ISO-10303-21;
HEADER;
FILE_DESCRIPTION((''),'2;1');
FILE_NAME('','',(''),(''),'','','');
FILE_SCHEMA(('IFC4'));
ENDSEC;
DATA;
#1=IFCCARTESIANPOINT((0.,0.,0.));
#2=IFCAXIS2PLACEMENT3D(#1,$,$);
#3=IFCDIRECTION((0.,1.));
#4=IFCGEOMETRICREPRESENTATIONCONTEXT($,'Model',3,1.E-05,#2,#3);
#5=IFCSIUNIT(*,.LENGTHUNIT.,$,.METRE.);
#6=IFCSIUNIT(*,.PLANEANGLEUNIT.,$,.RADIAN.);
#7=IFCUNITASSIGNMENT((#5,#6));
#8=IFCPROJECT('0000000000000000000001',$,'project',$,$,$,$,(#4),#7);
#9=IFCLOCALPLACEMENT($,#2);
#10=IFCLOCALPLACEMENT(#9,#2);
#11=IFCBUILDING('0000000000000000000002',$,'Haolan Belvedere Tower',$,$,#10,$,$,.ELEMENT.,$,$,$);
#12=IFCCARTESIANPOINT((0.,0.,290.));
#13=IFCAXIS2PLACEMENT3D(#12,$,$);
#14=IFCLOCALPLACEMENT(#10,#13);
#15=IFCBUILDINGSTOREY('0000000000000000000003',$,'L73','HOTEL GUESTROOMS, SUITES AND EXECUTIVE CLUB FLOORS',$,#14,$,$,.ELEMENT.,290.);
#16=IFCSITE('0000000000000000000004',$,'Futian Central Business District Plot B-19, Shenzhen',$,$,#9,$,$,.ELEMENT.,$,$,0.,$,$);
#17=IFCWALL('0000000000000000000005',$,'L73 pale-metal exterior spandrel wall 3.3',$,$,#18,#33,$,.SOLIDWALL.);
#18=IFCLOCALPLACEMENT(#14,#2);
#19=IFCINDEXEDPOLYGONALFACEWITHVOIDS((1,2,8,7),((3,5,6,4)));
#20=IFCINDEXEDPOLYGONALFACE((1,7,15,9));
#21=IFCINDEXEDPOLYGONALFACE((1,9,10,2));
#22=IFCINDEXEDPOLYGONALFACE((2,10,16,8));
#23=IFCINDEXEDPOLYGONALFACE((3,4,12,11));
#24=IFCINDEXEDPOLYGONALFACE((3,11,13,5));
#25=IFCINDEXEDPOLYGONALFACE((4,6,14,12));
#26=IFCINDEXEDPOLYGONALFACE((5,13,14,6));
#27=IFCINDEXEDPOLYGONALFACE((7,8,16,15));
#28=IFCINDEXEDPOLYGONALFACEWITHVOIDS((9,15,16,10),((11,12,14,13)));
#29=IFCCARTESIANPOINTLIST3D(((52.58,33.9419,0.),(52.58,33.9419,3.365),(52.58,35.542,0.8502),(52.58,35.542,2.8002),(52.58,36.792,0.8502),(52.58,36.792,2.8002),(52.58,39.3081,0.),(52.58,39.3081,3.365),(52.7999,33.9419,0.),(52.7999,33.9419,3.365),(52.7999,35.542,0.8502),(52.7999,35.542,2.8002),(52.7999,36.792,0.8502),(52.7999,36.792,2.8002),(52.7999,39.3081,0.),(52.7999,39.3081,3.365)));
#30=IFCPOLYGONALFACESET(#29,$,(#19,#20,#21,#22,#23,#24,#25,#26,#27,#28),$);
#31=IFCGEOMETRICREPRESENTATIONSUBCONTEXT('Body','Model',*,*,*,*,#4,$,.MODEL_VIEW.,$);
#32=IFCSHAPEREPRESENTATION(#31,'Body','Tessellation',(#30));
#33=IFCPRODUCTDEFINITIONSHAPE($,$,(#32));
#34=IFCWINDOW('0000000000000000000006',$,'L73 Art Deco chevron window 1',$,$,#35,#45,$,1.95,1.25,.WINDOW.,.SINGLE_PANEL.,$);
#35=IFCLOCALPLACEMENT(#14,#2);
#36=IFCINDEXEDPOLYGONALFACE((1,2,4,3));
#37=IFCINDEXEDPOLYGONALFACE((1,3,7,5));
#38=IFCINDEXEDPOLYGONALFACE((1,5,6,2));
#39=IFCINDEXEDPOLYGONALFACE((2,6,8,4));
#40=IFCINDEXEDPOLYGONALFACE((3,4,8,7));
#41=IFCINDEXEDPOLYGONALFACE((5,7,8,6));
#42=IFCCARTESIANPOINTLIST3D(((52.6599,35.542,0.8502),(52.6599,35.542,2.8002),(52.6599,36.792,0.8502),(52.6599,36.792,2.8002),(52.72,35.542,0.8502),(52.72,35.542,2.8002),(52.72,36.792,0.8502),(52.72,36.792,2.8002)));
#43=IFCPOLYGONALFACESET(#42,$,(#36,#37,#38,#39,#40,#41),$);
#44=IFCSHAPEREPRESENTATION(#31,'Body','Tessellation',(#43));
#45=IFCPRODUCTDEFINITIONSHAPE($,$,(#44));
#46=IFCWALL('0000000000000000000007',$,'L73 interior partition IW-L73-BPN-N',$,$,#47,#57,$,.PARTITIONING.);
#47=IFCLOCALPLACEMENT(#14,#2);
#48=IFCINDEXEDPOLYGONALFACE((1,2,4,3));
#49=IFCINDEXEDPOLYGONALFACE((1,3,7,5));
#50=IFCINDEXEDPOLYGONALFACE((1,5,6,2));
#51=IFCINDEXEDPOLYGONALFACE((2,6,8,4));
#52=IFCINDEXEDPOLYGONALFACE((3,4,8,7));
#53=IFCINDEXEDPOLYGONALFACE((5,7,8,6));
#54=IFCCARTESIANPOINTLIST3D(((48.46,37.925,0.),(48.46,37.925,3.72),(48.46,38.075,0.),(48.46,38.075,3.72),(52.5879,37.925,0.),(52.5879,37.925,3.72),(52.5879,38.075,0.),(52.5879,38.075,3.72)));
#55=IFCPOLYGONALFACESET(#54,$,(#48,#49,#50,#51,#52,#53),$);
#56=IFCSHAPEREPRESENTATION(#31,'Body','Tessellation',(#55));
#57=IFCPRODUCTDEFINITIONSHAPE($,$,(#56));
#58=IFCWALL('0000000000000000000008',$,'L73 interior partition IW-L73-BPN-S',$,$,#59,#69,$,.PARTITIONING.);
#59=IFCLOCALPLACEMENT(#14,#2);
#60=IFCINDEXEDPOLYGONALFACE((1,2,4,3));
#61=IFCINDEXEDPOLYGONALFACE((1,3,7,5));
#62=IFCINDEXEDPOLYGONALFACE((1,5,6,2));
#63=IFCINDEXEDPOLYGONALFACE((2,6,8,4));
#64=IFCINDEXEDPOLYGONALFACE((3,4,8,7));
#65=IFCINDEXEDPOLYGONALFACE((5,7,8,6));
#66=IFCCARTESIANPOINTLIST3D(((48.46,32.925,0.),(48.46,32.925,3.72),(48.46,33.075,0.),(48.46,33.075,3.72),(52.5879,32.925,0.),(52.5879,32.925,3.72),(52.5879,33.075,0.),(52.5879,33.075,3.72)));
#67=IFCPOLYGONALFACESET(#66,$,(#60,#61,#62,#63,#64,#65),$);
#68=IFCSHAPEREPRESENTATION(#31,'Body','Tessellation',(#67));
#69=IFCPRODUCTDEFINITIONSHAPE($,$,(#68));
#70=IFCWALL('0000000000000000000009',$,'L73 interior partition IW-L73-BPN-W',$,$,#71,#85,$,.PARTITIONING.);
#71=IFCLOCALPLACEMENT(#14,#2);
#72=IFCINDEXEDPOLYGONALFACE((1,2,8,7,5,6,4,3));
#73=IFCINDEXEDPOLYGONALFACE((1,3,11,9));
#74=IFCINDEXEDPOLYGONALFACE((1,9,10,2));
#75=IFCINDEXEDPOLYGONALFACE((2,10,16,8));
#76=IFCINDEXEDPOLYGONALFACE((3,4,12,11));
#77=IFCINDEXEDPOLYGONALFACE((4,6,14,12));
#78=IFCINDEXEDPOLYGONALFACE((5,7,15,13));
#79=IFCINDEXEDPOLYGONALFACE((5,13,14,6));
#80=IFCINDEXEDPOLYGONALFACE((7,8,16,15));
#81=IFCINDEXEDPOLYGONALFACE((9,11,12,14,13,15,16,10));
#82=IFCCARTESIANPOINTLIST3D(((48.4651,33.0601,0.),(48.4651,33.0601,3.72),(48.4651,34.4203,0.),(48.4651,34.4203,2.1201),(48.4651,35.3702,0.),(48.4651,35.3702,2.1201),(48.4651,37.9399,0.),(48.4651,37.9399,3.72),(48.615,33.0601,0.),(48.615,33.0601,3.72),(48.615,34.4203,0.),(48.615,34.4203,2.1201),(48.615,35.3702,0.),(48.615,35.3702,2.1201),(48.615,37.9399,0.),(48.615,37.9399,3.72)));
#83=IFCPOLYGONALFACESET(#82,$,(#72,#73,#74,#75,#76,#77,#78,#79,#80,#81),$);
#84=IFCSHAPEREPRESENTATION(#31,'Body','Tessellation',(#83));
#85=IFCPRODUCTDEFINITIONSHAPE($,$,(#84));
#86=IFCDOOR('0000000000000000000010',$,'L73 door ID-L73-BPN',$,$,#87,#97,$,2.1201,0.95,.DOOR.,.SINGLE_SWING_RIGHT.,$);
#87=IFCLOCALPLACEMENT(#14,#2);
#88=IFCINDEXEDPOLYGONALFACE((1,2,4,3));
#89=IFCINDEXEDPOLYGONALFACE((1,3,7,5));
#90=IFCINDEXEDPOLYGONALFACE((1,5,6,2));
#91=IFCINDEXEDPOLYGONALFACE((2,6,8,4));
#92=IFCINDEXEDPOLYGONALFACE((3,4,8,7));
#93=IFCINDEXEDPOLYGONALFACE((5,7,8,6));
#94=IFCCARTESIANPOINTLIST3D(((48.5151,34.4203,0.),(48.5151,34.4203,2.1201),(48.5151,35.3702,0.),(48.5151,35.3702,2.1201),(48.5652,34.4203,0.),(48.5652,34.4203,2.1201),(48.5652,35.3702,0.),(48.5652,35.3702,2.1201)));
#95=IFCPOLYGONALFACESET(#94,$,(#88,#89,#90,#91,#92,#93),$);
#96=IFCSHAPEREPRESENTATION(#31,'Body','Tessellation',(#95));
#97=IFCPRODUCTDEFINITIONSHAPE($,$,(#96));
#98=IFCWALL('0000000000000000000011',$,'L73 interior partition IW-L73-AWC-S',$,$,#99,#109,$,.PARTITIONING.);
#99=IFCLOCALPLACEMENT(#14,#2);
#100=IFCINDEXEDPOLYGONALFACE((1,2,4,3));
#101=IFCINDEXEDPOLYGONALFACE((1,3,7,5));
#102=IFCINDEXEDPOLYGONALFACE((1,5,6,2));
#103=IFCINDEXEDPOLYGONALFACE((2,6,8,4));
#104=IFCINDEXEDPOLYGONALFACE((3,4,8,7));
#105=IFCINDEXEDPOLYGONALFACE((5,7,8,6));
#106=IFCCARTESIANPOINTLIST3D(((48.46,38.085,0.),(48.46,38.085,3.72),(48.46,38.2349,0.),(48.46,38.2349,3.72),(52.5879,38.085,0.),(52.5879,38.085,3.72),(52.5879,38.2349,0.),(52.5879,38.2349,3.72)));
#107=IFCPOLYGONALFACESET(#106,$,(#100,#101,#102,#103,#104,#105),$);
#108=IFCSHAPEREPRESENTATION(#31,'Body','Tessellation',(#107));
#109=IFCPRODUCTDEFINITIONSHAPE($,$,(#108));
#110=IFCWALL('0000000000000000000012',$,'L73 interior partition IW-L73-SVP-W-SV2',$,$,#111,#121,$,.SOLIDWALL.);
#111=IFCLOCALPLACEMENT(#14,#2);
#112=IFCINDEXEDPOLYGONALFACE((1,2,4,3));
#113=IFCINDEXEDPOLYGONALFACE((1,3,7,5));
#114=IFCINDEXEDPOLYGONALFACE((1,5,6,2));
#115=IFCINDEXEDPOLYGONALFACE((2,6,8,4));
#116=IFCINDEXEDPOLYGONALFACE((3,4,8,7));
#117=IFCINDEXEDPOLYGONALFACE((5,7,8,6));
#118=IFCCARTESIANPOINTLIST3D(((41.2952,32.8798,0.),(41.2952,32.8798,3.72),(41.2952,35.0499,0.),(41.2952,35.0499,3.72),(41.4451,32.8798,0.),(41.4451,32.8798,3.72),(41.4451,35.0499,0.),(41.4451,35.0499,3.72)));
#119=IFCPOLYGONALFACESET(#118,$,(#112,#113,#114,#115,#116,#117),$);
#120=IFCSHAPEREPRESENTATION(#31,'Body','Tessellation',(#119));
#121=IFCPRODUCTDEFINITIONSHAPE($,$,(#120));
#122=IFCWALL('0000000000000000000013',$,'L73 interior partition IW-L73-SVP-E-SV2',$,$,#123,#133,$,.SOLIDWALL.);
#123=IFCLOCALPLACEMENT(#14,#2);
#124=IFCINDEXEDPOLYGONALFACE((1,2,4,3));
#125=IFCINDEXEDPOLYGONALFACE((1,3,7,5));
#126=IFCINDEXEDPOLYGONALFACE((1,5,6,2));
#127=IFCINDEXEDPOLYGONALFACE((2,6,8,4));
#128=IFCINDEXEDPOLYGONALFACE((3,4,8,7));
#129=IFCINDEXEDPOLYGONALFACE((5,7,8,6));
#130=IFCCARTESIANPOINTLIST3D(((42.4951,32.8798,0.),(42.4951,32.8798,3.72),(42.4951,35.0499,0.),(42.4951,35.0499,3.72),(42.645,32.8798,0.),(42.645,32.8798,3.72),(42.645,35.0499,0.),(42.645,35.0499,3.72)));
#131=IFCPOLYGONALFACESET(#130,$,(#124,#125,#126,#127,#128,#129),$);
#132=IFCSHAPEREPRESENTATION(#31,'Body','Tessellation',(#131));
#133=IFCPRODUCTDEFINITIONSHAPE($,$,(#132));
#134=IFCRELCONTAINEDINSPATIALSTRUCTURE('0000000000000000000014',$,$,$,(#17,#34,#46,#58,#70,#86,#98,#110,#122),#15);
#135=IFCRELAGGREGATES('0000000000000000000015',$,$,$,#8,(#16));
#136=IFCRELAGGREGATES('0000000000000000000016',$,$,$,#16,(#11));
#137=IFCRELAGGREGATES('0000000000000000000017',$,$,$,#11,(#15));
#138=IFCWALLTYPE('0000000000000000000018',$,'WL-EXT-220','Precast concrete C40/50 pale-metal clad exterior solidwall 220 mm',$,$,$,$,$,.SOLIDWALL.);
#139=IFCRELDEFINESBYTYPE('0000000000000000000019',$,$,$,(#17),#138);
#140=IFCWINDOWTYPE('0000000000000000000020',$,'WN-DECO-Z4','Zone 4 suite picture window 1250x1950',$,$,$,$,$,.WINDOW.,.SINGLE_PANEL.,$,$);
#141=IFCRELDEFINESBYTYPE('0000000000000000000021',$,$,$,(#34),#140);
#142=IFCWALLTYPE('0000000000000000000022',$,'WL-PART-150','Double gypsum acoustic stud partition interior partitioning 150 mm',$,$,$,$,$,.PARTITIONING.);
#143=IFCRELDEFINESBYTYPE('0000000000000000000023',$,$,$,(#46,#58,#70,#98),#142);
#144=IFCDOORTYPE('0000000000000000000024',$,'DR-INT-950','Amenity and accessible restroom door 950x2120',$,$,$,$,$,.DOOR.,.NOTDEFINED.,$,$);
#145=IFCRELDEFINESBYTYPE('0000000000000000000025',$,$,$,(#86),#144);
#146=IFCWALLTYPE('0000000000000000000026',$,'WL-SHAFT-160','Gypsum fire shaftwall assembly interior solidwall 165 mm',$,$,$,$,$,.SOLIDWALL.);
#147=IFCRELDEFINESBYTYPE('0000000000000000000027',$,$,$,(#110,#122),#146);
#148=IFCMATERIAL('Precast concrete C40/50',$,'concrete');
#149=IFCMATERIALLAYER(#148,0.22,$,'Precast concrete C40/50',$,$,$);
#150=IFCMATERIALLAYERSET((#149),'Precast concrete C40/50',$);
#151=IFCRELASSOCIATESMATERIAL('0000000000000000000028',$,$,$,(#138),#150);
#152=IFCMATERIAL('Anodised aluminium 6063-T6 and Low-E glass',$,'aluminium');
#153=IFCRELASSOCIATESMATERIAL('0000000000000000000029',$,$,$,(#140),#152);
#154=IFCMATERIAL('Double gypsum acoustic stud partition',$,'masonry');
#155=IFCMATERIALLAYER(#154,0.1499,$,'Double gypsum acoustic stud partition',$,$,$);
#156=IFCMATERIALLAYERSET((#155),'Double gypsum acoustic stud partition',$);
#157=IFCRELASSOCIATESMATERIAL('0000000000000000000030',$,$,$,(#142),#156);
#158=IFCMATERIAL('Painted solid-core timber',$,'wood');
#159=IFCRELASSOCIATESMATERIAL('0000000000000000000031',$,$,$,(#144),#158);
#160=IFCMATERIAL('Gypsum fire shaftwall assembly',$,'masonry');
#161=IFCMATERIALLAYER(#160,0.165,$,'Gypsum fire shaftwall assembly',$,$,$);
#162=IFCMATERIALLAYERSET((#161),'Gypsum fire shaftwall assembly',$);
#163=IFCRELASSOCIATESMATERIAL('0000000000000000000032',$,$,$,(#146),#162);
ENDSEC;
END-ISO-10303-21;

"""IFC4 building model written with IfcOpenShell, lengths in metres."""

from ifc_helpers import new_model, si_unit, direction, frame, frame_2d, origin, place, context, subcontext, project, spatial, rectangle, extrude, material, layer, layer_set, type_object, element, fill, save


model = new_model("IFC4")

# Units and contexts
model_context = context("Model", 3, precision=1e-05, world=origin(), true_north=direction((0.0, 1.0)))
body_context = subcontext(model_context, "Body", "Model", "MODEL_VIEW")
ifc_project = project(units=[si_unit("LENGTHUNIT", "METRE"), si_unit("PLANEANGLEUNIT", "RADIAN")], contexts=[model_context])

# Site, building, storey
site_placement = place(None, origin())
site = spatial("IfcSite", under=ifc_project, at=site_placement, Name="Futian Central Business District Plot B-19, Shenzhen", CompositionType="ELEMENT", RefElevation=0.0)
building_placement = place(site_placement, origin())
building = spatial("IfcBuilding", under=site, at=building_placement, Name="Haolan Belvedere Tower", CompositionType="ELEMENT")
storey_placement = place(building_placement, frame((0.0, 0.0, 290.0)))
storey = spatial("IfcBuildingStorey", under=building, at=storey_placement, Name="L73", Description="HOTEL GUESTROOMS, SUITES AND EXECUTIVE CLUB FLOORS", CompositionType="ELEMENT", Elevation=290.0)

# Wall, opening, window
ifc_material_1 = material(Name="Precast concrete C40/50", Category="concrete")
ifc_layer_1 = layer(ifc_material_1, 0.22, Name="Precast concrete C40/50")
ifc_layer_set_1 = layer_set([ifc_layer_1], Name="Precast concrete C40/50")
wall_type_1 = type_object("IfcWallType", Name="WL-EXT-220", Description="Precast concrete C40/50 pale-metal clad exterior solidwall 220 mm", PredefinedType="SOLIDWALL", material=ifc_layer_set_1)
wall_1_placement = place(storey_placement, frame((52.6899, 33.9419, 0.0), z_axis=(0.0, 0.0, 1.0), x_axis=(0.0, 1.0, 0.0)))
wall_1 = element("IfcWall", 1, at=wall_1_placement, inside=storey, type_object=wall_type_1, Name="L73 pale-metal exterior spandrel wall 3.3", PredefinedType="SOLIDWALL", context=body_context, shape_type="SweptSolid", body=[
    extrude(rectangle(XDim=5.3662, YDim=0.22, at=frame_2d((2.6831, 0.0))), origin(), (0.0, 0.0, 1.0), 3.365),
])
opening_1_placement = place(wall_1_placement, frame((1.6001, 0.0, 0.8501)))
opening_1 = element("IfcOpeningElement", 2, at=opening_1_placement, cuts=wall_1, PredefinedType="OPENING", context=body_context, shape_type="SweptSolid", body=[
    extrude(rectangle(XDim=1.25, YDim=1.95, at=frame_2d((0.625, 0.9751))), frame((0.0, 0.1199, 0.0), z_axis=(0.0, -1.0, 0.0), x_axis=(1.0, 0.0, 0.0)), (0.0, 0.0, 1.0), 0.24),
])
ifc_material_2 = material(Name="Anodised aluminium 6063-T6 and Low-E glass", Category="aluminium")
window_type = type_object("IfcWindowType", Name="WN-DECO-Z4", Description="Zone 4 suite picture window 1250x1950", PartitioningType="SINGLE_PANEL", PredefinedType="WINDOW", material=ifc_material_2)
window_placement = place(opening_1_placement, origin())
window = element("IfcWindow", 3, at=window_placement, inside=storey, type_object=window_type, Name="L73 Art Deco chevron window 1", OverallHeight=1.95, OverallWidth=1.25, PartitioningType="SINGLE_PANEL", PredefinedType="WINDOW", context=body_context, shape_type="SweptSolid", body=[
    extrude(rectangle(XDim=1.25, YDim=1.95, at=frame_2d((0.625, 0.9751))), frame((0.0, 0.03, 0.0), z_axis=(0.0, -1.0, 0.0), x_axis=(1.0, 0.0, 0.0)), (0.0, 0.0, 1.0), 0.0601),
])
fill(opening_1, window)

# Walls
ifc_material_3 = material(Name="Double gypsum acoustic stud partition", Category="masonry")
ifc_layer_2 = layer(ifc_material_3, 0.1499, Name="Double gypsum acoustic stud partition")
ifc_layer_set_2 = layer_set([ifc_layer_2], Name="Double gypsum acoustic stud partition")
wall_type_2 = type_object("IfcWallType", Name="WL-PART-150", Description="Double gypsum acoustic stud partition interior partitioning 150 mm", PredefinedType="PARTITIONING", material=ifc_layer_set_2)
for number, where, z_axis, x_axis, name in (
    (4, (48.46, 38.0, 0.0), (0.0, 0.0, 1.0), (1.0, 0.0, 0.0), "L73 interior partition IW-L73-BPN-N"),
    (5, (48.46, 33.0, 0.0), (0.0, 0.0, 1.0), (1.0, 0.0, 0.0), "L73 interior partition IW-L73-BPN-S"),
):
    element("IfcWall", number, at=place(storey_placement, frame(where, z_axis=z_axis, x_axis=x_axis)), inside=storey, type_object=wall_type_2, Name=name, PredefinedType="PARTITIONING", context=body_context, shape_type="SweptSolid", body=[
        extrude(rectangle(XDim=4.1279, YDim=0.1499, at=frame_2d((2.064, 0.0))), origin(), (0.0, 0.0, 1.0), 3.72),
    ])

# Wall, opening, door
wall_2_placement = place(storey_placement, frame((48.54, 33.0601, 0.0), z_axis=(0.0, 0.0, 1.0), x_axis=(0.0, 1.0, 0.0)))
wall_2 = element("IfcWall", 6, at=wall_2_placement, inside=storey, type_object=wall_type_2, Name="L73 interior partition IW-L73-BPN-W", PredefinedType="PARTITIONING", context=body_context, shape_type="SweptSolid", body=[
    extrude(rectangle(XDim=4.8799, YDim=0.1499, at=frame_2d((2.4399, 0.0))), origin(), (0.0, 0.0, 1.0), 3.72),
])
opening_2_placement = place(wall_2_placement, frame((1.3601, 0.0, 0.0)))
opening_2 = element("IfcOpeningElement", 7, at=opening_2_placement, cuts=wall_2, PredefinedType="OPENING", context=body_context, shape_type="SweptSolid", body=[
    extrude(rectangle(XDim=0.95, YDim=2.1201, at=frame_2d((0.4751, 1.0601))), frame((0.0, 0.085, 0.0), z_axis=(0.0, -1.0, 0.0), x_axis=(1.0, 0.0, 0.0)), (0.0, 0.0, 1.0), 0.1699),
])
ifc_material_4 = material(Name="Painted solid-core timber", Category="wood")
door_type_1 = type_object("IfcDoorType", Name="DR-INT-950", Description="Amenity and accessible restroom door 950x2120", OperationType="NOTDEFINED", PredefinedType="DOOR", material=ifc_material_4)
door_1_placement = place(opening_2_placement, origin())
door_1 = element("IfcDoor", 8, at=door_1_placement, inside=storey, type_object=door_type_1, Name="L73 door ID-L73-BPN", OperationType="SINGLE_SWING_RIGHT", OverallHeight=2.1201, OverallWidth=0.95, PredefinedType="DOOR", context=body_context, shape_type="SweptSolid", body=[
    extrude(rectangle(XDim=0.95, YDim=2.1201, at=frame_2d((0.4751, 1.0601))), frame((0.0, 0.0249, 0.0), z_axis=(0.0, -1.0, 0.0), x_axis=(1.0, 0.0, 0.0)), (0.0, 0.0, 1.0), 0.05),
])
fill(opening_2, door_1)

# Wall
wall_3_placement = place(storey_placement, frame((48.46, 38.1599, 0.0), z_axis=(0.0, 0.0, 1.0), x_axis=(1.0, 0.0, 0.0)))
element("IfcWall", 9, at=wall_3_placement, inside=storey, type_object=wall_type_2, Name="L73 interior partition IW-L73-AWC-S", PredefinedType="PARTITIONING", context=body_context, shape_type="SweptSolid", body=[
    extrude(rectangle(XDim=4.1279, YDim=0.1499, at=frame_2d((2.064, 0.0))), origin(), (0.0, 0.0, 1.0), 3.72),
])

# Walls
ifc_material_5 = material(Name="Gypsum fire shaftwall assembly", Category="masonry")
ifc_layer_3 = layer(ifc_material_5, 0.165, Name="Gypsum fire shaftwall assembly")
ifc_layer_set_3 = layer_set([ifc_layer_3], Name="Gypsum fire shaftwall assembly")
wall_type_3 = type_object("IfcWallType", Name="WL-SHAFT-160", Description="Gypsum fire shaftwall assembly interior solidwall 165 mm", PredefinedType="SOLIDWALL", material=ifc_layer_set_3)
for number, where, z_axis, x_axis, name in (
    (10, (41.3701, 32.8799, 0.0), (0.0, 0.0, 1.0), (0.0, 1.0, 0.0), "L73 interior partition IW-L73-SVP-W-SV2"),
    (11, (42.5701, 32.8799, 0.0), (0.0, 0.0, 1.0), (0.0, 1.0, 0.0), "L73 interior partition IW-L73-SVP-E-SV2"),
):
    element("IfcWall", number, at=place(storey_placement, frame(where, z_axis=z_axis, x_axis=x_axis)), inside=storey, type_object=wall_type_3, Name=name, PredefinedType="SOLIDWALL", context=body_context, shape_type="SweptSolid", body=[
        extrude(rectangle(XDim=2.1702, YDim=0.1499, at=frame_2d((1.085, 0.0))), origin(), (0.0, 0.0, 1.0), 3.72),
    ])

save(model, "model.ifc")
